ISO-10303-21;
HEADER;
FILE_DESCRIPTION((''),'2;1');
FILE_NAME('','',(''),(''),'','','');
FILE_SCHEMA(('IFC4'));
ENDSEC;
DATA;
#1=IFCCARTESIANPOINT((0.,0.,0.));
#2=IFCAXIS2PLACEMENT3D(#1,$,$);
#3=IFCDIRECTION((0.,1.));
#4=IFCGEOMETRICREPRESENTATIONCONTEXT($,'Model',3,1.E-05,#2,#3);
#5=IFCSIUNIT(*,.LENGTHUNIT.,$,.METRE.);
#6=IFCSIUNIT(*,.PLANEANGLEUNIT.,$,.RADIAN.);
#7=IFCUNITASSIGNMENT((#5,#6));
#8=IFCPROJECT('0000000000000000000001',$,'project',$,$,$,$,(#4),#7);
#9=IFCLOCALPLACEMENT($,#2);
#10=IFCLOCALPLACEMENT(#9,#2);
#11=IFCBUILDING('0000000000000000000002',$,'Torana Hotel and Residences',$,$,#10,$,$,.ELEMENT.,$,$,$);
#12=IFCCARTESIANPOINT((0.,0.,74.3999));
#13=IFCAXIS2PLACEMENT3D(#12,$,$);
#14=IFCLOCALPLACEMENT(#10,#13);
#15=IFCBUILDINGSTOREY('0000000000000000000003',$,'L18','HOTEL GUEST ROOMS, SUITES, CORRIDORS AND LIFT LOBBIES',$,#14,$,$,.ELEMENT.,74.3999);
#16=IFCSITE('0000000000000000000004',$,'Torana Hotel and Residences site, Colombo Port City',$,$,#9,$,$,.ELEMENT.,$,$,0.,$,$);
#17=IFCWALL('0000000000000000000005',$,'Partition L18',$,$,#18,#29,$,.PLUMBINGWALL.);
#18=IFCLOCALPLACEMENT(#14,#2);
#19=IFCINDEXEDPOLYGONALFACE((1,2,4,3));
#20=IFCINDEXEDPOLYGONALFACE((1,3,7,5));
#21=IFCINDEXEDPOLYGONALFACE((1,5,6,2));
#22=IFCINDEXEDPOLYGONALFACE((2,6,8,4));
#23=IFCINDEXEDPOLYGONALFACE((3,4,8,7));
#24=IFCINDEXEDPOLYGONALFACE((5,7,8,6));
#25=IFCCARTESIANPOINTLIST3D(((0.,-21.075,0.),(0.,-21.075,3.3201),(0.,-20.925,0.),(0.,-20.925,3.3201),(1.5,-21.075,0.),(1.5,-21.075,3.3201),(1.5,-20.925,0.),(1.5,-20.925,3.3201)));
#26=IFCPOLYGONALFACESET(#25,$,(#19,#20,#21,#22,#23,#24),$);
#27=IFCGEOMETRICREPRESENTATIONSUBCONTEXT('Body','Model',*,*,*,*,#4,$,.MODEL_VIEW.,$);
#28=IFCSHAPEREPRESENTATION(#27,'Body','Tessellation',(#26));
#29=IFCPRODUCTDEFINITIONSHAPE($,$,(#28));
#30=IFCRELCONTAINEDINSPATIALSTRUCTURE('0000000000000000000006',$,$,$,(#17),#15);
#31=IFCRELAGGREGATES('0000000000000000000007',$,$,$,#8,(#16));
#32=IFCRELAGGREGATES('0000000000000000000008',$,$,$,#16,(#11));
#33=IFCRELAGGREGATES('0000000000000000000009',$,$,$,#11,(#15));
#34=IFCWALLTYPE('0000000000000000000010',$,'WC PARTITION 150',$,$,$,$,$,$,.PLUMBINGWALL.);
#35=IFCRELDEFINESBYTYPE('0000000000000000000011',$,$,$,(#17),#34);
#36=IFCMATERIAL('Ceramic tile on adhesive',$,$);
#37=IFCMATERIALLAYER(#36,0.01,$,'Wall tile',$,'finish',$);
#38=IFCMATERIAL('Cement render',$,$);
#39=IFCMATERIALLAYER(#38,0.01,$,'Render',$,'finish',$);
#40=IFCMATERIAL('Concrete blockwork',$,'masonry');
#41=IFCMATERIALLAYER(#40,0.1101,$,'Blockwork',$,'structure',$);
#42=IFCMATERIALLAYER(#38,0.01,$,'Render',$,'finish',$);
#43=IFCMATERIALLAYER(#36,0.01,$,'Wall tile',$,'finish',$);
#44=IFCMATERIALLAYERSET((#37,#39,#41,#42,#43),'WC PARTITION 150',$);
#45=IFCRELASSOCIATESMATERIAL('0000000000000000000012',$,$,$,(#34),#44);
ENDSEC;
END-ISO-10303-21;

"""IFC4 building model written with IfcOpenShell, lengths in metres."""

from ifc_helpers import new_model, si_unit, direction, frame, frame_2d, origin, place, context, subcontext, project, spatial, rectangle, extrude, material, layer, layer_set, type_object, element, save


model = new_model("IFC4")

# Units and contexts
model_context = context("Model", 3, precision=1e-05, world=origin(), true_north=direction((0.0, 1.0)))
body_context = subcontext(model_context, "Body", "Model", "MODEL_VIEW")
ifc_project = project(units=[si_unit("LENGTHUNIT", "METRE"), si_unit("PLANEANGLEUNIT", "RADIAN")], contexts=[model_context])

# Site, building, storey
site_placement = place(None, origin())
site = spatial("IfcSite", under=ifc_project, at=site_placement, Name="Torana Hotel and Residences site, Colombo Port City", CompositionType="ELEMENT", RefElevation=0.0)
building_placement = place(site_placement, origin())
building = spatial("IfcBuilding", under=site, at=building_placement, Name="Torana Hotel and Residences", CompositionType="ELEMENT")
storey_placement = place(building_placement, frame((0.0, 0.0, 74.3999)))
storey = spatial("IfcBuildingStorey", under=building, at=storey_placement, Name="L18", Description="HOTEL GUEST ROOMS, SUITES, CORRIDORS AND LIFT LOBBIES", CompositionType="ELEMENT", Elevation=74.3999)

# Shared definitions
ifc_material_1 = material(Name="Concrete blockwork", Category="masonry")

# Shared definitions
ifc_material_2 = material(Name="Ceramic tile on adhesive")
ifc_layer_1 = layer(ifc_material_2, 0.01, Name="Wall tile", Category="finish")
ifc_material_3 = material(Name="Cement render")
ifc_layer_2 = layer(ifc_material_3, 0.01, Name="Render", Category="finish")
ifc_layer_3 = layer(ifc_material_1, 0.1101, Name="Blockwork", Category="structure")
ifc_layer_4 = layer(ifc_material_3, 0.01, Name="Render", Category="finish")
ifc_layer_5 = layer(ifc_material_2, 0.01, Name="Wall tile", Category="finish")
ifc_layer_set_1 = layer_set([ifc_layer_1, ifc_layer_2, ifc_layer_3, ifc_layer_4, ifc_layer_5], Name="WC PARTITION 150")
wall_type_1 = type_object("IfcWallType", Name="WC PARTITION 150", PredefinedType="PLUMBINGWALL", material=ifc_layer_set_1)

# Wall
wall_1_placement = place(storey_placement, frame((0.0, -21.0, 0.0), z_axis=(0.0, 0.0, 1.0), x_axis=(1.0, 0.0, 0.0)))
element("IfcWall", 1, at=wall_1_placement, inside=storey, type_object=wall_type_1, Name="Partition L18", PredefinedType="PLUMBINGWALL", context=body_context, shape_type="SweptSolid", body=[
    extrude(rectangle(XDim=1.5, YDim=0.1499, at=frame_2d((0.75, 0.0))), origin(), (0.0, 0.0, 1.0), 3.3201),
])

save(model, "model.ifc")
